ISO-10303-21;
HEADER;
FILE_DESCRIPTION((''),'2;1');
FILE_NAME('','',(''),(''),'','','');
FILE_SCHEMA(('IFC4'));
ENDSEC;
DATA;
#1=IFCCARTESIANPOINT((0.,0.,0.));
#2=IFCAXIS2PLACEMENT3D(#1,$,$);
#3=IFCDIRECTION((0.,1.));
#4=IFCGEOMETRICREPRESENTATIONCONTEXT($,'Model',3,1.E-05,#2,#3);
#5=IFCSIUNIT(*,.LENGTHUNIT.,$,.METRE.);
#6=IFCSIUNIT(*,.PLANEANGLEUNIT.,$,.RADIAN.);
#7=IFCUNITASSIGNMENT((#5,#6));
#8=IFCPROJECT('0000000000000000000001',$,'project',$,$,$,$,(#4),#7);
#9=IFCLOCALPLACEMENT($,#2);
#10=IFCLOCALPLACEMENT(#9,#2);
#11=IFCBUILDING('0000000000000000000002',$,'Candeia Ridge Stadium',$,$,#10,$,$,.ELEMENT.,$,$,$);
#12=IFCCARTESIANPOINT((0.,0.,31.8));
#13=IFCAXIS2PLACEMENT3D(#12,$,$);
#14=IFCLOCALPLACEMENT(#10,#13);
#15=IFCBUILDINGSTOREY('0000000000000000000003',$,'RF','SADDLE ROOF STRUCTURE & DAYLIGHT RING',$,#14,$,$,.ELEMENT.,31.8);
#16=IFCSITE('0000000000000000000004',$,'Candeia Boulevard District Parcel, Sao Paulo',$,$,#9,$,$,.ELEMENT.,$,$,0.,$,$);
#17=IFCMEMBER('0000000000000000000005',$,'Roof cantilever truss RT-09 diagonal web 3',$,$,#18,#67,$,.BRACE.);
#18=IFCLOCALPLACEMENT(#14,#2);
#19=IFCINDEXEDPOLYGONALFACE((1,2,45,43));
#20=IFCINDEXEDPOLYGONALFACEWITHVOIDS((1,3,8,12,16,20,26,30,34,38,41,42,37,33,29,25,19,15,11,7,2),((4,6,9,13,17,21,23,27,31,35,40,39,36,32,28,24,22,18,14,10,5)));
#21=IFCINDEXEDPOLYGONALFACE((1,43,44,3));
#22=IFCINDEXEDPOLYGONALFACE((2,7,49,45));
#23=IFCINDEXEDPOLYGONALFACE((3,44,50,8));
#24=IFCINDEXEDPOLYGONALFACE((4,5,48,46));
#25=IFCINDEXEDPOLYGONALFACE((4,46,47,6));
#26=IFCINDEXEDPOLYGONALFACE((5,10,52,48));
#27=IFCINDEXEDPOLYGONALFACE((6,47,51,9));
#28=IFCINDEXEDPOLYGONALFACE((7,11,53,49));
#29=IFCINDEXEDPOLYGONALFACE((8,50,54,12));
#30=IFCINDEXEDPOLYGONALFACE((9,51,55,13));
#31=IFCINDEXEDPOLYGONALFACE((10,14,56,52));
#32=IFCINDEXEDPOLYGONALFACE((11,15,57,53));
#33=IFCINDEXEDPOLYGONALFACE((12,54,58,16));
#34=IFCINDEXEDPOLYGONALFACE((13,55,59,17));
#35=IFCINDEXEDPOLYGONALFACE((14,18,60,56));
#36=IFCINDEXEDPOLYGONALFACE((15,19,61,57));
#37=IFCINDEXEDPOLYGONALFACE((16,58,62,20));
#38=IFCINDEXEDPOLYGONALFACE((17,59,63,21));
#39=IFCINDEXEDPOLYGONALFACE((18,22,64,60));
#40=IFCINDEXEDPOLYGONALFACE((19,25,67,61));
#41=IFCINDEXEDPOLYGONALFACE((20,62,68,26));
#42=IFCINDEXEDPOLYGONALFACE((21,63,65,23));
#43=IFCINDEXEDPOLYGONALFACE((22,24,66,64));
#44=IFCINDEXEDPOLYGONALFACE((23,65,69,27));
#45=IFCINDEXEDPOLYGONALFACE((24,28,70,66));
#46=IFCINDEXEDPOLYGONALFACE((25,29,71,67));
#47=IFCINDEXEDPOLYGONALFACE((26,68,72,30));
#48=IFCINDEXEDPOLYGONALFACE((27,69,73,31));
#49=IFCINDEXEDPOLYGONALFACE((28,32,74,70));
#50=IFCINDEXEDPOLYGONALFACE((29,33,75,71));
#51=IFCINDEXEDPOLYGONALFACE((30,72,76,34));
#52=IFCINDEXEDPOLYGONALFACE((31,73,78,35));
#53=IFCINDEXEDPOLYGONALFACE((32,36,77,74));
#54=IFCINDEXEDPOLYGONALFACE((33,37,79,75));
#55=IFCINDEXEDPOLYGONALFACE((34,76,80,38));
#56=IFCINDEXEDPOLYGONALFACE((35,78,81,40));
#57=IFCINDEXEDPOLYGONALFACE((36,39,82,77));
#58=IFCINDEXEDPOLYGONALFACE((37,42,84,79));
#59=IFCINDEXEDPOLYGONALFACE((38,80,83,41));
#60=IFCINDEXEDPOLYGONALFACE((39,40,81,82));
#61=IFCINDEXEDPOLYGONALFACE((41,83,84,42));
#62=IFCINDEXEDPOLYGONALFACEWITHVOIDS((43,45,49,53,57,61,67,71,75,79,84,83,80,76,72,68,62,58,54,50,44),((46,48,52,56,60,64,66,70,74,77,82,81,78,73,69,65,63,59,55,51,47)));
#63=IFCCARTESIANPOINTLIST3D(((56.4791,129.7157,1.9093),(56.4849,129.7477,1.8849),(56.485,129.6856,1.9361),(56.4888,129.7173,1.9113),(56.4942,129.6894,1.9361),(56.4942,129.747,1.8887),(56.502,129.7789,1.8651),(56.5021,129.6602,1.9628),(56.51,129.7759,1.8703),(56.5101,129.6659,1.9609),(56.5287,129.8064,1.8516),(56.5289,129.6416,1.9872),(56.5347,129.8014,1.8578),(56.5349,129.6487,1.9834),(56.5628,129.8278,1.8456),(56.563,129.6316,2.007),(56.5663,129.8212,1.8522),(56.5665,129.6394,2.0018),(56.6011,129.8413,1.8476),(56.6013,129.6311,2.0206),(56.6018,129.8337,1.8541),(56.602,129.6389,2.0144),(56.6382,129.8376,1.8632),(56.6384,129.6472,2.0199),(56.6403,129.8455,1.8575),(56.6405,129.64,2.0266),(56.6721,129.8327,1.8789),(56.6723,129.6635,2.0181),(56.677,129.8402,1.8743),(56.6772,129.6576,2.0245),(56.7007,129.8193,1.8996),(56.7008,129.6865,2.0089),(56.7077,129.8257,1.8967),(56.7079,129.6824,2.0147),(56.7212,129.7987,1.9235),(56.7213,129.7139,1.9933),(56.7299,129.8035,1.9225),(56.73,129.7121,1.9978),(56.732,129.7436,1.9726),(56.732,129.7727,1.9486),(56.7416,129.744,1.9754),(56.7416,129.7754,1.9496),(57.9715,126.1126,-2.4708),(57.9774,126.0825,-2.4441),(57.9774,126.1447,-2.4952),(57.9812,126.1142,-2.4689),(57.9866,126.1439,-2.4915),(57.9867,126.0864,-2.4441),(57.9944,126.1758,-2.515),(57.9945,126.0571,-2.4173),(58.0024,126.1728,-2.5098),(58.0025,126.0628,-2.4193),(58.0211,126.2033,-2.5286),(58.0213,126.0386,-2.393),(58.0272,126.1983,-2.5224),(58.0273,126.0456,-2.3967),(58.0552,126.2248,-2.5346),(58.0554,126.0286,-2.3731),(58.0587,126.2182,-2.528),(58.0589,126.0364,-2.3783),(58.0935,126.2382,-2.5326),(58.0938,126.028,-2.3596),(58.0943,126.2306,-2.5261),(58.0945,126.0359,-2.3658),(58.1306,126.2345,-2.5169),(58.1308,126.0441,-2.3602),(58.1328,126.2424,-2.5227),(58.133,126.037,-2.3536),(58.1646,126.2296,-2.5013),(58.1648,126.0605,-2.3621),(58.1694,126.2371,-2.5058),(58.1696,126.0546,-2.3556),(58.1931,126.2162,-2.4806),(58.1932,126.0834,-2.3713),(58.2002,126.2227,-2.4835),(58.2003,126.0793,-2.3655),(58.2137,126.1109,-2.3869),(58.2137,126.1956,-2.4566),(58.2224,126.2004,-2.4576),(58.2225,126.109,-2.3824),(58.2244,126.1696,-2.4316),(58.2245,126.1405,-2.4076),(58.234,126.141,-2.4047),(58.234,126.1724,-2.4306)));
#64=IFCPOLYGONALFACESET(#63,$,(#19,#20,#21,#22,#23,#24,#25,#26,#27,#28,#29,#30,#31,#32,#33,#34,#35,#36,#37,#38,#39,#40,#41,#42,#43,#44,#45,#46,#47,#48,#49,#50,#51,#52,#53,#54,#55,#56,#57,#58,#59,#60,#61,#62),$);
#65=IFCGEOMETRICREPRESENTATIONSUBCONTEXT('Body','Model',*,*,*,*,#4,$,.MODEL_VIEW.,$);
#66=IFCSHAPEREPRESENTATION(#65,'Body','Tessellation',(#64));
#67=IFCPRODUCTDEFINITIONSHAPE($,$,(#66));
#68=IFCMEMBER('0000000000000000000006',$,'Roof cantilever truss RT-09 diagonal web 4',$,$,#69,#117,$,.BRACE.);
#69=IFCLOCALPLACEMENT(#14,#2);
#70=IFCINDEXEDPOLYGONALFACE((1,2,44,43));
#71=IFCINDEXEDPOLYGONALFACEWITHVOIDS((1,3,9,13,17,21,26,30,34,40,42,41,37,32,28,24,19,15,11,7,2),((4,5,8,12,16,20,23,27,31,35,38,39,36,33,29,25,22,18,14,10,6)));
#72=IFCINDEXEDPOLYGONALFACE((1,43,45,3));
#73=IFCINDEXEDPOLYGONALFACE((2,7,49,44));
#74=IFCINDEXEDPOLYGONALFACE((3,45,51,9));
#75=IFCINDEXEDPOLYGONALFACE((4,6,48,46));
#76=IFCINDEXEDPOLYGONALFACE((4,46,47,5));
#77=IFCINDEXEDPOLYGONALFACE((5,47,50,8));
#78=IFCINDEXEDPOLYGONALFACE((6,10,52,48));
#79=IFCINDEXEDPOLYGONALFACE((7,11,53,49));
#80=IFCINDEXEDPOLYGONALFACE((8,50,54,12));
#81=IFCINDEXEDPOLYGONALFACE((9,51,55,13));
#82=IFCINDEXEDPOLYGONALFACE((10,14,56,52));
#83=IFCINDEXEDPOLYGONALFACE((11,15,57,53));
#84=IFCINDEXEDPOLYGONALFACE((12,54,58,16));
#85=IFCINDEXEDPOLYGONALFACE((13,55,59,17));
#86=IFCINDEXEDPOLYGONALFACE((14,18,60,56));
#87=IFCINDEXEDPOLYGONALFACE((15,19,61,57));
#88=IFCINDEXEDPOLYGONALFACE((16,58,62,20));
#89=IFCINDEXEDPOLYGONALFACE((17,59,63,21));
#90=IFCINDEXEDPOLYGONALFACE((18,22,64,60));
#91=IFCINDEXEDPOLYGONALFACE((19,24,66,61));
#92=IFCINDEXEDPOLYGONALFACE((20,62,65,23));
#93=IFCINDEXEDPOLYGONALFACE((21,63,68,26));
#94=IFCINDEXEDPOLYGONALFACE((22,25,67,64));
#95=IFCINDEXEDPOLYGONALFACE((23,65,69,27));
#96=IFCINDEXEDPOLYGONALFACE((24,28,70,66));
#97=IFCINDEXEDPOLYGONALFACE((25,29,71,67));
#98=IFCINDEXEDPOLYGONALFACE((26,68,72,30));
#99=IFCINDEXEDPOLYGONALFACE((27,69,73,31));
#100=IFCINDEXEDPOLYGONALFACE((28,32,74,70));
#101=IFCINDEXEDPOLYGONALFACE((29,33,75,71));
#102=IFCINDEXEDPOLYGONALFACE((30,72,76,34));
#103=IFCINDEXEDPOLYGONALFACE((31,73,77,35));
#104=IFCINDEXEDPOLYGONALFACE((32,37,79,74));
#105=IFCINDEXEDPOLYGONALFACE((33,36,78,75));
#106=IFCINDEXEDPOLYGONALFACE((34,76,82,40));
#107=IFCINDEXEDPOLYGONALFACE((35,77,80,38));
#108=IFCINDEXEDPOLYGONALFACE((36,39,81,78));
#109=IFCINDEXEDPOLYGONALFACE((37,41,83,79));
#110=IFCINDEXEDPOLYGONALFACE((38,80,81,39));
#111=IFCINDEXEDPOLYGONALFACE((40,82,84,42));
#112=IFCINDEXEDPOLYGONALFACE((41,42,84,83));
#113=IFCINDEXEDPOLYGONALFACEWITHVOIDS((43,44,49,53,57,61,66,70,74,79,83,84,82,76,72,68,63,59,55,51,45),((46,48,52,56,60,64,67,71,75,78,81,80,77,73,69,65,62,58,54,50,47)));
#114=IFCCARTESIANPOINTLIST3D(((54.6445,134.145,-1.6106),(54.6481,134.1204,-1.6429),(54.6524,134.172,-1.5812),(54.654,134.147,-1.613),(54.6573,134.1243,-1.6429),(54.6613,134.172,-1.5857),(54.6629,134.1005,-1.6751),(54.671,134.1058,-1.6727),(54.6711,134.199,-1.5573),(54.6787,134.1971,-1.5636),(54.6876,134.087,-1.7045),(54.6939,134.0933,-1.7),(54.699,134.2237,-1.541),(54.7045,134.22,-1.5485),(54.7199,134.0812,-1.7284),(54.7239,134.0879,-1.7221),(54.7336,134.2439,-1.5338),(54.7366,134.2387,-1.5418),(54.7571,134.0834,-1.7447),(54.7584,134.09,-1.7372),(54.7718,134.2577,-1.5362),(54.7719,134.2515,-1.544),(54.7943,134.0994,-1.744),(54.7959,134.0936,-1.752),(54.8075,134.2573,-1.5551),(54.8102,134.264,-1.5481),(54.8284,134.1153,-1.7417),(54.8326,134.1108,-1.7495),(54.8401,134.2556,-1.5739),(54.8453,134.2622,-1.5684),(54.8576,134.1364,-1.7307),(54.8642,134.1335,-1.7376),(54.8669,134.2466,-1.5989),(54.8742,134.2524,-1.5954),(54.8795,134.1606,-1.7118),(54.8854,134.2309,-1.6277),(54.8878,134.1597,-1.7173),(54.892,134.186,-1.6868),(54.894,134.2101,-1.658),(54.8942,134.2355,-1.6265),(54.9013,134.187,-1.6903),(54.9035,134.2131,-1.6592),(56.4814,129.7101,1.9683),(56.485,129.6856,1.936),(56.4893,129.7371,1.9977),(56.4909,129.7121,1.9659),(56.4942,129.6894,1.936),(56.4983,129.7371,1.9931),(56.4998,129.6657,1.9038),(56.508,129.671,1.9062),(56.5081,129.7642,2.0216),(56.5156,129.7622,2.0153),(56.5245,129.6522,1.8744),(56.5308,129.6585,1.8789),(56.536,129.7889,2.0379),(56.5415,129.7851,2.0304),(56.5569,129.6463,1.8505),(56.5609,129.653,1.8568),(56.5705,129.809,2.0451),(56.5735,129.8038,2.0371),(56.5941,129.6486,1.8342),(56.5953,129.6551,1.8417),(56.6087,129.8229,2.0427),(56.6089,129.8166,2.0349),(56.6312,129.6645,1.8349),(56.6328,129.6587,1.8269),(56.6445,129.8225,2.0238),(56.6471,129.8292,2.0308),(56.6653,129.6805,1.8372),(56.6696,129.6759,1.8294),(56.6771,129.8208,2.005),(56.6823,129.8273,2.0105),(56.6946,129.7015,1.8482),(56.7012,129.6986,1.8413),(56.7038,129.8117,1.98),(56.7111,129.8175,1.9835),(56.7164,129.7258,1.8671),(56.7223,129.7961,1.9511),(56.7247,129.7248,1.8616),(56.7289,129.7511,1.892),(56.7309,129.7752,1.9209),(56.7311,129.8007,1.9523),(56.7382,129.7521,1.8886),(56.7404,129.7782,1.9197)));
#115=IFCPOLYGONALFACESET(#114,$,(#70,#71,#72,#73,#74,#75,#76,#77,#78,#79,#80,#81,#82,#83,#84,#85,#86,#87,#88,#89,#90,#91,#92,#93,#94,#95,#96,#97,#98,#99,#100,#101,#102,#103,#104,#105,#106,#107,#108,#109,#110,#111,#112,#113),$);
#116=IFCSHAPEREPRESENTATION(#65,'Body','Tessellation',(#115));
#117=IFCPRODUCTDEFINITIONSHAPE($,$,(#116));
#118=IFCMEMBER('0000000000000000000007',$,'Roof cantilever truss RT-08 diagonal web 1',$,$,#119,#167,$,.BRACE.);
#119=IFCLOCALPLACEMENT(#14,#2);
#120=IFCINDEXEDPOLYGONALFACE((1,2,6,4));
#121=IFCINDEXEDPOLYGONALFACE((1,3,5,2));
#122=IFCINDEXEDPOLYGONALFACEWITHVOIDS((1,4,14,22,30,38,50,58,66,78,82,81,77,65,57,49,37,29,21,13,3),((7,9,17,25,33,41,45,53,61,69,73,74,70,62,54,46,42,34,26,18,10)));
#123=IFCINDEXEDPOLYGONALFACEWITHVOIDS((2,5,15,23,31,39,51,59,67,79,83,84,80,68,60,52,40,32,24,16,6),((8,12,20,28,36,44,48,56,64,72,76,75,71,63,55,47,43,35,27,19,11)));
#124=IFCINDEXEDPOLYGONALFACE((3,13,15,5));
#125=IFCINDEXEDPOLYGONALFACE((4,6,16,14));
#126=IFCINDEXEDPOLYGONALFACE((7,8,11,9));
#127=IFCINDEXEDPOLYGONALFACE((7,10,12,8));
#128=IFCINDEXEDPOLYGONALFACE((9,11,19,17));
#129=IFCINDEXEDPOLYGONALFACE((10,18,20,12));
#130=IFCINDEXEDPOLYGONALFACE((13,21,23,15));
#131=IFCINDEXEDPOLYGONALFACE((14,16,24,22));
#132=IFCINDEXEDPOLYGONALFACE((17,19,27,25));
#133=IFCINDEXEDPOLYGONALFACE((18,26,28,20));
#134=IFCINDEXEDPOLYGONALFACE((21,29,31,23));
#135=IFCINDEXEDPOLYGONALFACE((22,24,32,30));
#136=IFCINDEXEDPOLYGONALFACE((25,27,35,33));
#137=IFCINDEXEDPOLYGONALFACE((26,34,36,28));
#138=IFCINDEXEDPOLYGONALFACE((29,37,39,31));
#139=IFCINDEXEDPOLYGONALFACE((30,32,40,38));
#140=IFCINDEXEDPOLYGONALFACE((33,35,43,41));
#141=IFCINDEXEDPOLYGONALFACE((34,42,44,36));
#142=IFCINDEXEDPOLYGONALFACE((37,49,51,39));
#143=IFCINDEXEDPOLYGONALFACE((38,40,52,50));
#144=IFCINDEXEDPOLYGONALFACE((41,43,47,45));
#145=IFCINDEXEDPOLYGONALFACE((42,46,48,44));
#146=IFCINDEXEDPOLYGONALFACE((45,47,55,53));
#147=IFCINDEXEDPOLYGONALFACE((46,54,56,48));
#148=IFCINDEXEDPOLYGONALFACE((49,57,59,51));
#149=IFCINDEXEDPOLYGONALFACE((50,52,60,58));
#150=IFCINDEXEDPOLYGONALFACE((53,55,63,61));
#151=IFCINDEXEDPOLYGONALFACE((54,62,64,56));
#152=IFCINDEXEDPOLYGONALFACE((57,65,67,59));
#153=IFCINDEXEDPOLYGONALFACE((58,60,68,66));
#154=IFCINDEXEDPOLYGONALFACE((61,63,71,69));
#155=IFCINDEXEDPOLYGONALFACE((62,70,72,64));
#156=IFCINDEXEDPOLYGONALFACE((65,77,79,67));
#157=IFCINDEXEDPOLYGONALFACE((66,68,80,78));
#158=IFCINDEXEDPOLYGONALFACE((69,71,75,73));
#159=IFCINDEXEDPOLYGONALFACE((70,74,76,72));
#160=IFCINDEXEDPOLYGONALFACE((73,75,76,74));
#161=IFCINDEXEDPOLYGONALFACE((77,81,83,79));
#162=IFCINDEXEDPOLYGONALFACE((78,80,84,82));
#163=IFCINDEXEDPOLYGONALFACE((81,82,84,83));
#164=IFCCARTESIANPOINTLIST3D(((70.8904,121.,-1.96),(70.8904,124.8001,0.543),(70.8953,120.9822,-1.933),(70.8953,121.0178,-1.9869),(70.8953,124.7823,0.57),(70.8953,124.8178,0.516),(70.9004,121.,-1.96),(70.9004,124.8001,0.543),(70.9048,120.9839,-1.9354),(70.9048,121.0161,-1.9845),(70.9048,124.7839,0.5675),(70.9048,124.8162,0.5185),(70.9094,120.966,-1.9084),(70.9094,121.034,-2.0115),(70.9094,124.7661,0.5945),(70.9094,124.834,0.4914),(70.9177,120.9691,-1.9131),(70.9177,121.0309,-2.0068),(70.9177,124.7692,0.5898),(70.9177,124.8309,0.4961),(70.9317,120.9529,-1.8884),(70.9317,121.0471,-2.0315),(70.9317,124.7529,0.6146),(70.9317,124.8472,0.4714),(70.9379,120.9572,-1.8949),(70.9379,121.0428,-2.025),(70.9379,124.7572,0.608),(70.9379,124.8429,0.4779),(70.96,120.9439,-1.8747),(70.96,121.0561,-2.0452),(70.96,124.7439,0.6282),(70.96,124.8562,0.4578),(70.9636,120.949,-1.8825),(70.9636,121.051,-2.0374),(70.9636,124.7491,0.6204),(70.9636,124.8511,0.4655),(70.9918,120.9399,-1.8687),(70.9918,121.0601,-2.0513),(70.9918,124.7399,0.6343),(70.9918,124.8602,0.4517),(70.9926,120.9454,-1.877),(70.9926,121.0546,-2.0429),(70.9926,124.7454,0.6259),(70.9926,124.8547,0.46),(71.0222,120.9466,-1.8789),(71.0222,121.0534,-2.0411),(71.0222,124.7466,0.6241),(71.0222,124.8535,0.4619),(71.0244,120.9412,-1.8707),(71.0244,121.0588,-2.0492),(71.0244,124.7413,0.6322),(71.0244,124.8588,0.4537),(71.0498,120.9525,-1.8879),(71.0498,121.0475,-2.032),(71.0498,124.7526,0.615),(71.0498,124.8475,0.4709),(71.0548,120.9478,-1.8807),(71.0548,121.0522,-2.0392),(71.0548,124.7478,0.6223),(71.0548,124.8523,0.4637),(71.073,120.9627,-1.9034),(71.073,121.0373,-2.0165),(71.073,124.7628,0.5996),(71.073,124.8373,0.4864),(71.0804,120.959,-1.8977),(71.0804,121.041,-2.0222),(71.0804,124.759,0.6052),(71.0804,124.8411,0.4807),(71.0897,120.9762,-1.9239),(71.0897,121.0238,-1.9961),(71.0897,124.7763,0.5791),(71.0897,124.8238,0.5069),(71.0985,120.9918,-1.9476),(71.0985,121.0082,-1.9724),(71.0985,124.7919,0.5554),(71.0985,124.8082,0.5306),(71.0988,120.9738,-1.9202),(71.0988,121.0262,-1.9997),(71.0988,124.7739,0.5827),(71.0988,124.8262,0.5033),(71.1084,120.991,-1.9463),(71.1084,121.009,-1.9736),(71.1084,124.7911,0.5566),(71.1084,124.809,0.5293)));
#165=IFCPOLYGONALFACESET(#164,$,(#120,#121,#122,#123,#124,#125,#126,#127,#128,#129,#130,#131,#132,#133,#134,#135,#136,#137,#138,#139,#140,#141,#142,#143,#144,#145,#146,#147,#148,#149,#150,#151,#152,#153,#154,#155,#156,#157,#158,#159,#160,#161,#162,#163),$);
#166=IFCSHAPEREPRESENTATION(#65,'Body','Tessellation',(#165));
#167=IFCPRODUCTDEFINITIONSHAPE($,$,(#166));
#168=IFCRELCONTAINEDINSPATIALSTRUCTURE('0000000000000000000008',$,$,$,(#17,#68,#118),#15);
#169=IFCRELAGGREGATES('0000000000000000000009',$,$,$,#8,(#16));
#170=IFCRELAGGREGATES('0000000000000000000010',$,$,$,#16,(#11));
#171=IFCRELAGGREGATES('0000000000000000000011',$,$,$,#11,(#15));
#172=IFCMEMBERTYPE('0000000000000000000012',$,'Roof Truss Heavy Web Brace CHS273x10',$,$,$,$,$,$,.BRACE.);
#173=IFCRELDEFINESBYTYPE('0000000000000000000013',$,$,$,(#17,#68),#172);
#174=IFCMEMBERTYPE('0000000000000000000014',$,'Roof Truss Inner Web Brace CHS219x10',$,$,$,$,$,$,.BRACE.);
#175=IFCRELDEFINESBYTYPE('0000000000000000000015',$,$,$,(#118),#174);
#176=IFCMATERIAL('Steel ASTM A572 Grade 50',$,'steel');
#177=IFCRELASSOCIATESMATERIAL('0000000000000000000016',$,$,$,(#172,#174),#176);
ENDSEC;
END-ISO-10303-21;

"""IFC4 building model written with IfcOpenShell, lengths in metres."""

from ifc_helpers import new_model, si_unit, direction, frame, origin, origin_2d, place, context, subcontext, project, spatial, hollow_circle, extrude, material, material_profile, profile_set, type_object, element, save


model = new_model("IFC4")

# Units and contexts
model_context = context("Model", 3, precision=1e-05, world=origin(), true_north=direction((0.0, 1.0)))
body_context = subcontext(model_context, "Body", "Model", "MODEL_VIEW")
ifc_project = project(units=[si_unit("LENGTHUNIT", "METRE"), si_unit("PLANEANGLEUNIT", "RADIAN")], contexts=[model_context])

# Site, building, storey
site_placement = place(None, origin())
site = spatial("IfcSite", under=ifc_project, at=site_placement, Name="Candeia Boulevard District Parcel, Sao Paulo", CompositionType="ELEMENT", RefElevation=0.0)
building_placement = place(site_placement, origin())
building = spatial("IfcBuilding", under=site, at=building_placement, Name="Candeia Ridge Stadium", CompositionType="ELEMENT")
storey_placement = place(building_placement, frame((0.0, 0.0, 31.8)))
storey = spatial("IfcBuildingStorey", under=building, at=storey_placement, Name="RF", Description="SADDLE ROOF STRUCTURE & DAYLIGHT RING", CompositionType="ELEMENT", Elevation=31.8)

# Shared definitions
ifc_material_1 = material(Name="Steel ASTM A572 Grade 50", Category="steel")

# Members
ifc_material_profile_1 = material_profile(ifc_material_1, hollow_circle(Radius=0.1365, WallThickness=0.01, at=origin_2d()), Name="CHS273x10", Category="steel")
ifc_profile_set_1 = profile_set([ifc_material_profile_1], Name="Steel ASTM A572 Grade 50")
member_type_1 = type_object("IfcMemberType", Name="Roof Truss Heavy Web Brace CHS273x10", PredefinedType="BRACE", material=ifc_profile_set_1)
member_1_placement = place(storey_placement, frame((58.1035, 126.1348, -2.4441), z_axis=(-0.254477, 0.614359, 0.746863), x_axis=(-0.923879, -0.382685, 0.0)))
element("IfcMember", 1, at=member_1_placement, inside=storey, type_object=member_type_1, Name="Roof cantilever truss RT-09 diagonal web 3", PredefinedType="BRACE", context=body_context, shape_type="SweptSolid", body=[
    extrude(hollow_circle(Radius=0.1365, WallThickness=0.01, at=origin_2d()), origin(), (0.0, 0.0, 1.0), 5.8647),
])
member_2_placement = place(storey_placement, frame((56.6111, 129.7378, 1.936), z_axis=(-0.306792, 0.74068, -0.597722), x_axis=(-0.923883, -0.382675, 0.0)))
element("IfcMember", 2, at=member_2_placement, inside=storey, type_object=member_type_1, Name="Roof cantilever truss RT-09 diagonal web 4", PredefinedType="BRACE", context=body_context, shape_type="SweptSolid", body=[
    extrude(hollow_circle(Radius=0.1365, WallThickness=0.01, at=origin_2d()), origin(), (0.0, 0.0, 1.0), 5.9875),
])
ifc_material_profile_2 = material_profile(ifc_material_1, hollow_circle(Radius=0.1096, WallThickness=0.01, at=origin_2d()), Name="CHS219x10", Category="steel")
ifc_profile_set_2 = profile_set([ifc_material_profile_2], Name="Steel ASTM A572 Grade 50")
member_type_2 = type_object("IfcMemberType", Name="Roof Truss Inner Web Brace CHS219x10", PredefinedType="BRACE", material=ifc_profile_set_2)
for number, where, z_axis, x_axis, name in (
    (3, (71.0, 121.0, -1.96), (0.0, 0.835125, 0.550061), (-1.0, 0.0, 0.0), "Roof cantilever truss RT-08 diagonal web 1"),
):
    element("IfcMember", number, at=place(storey_placement, frame(where, z_axis=z_axis, x_axis=x_axis)), inside=storey, type_object=member_type_2, Name=name, PredefinedType="BRACE", context=body_context, shape_type="SweptSolid", body=[
        extrude(hollow_circle(Radius=0.1096, WallThickness=0.01, at=origin_2d()), origin(), (0.0, 0.0, 1.0), 4.5503),
    ])

save(model, "model.ifc")
